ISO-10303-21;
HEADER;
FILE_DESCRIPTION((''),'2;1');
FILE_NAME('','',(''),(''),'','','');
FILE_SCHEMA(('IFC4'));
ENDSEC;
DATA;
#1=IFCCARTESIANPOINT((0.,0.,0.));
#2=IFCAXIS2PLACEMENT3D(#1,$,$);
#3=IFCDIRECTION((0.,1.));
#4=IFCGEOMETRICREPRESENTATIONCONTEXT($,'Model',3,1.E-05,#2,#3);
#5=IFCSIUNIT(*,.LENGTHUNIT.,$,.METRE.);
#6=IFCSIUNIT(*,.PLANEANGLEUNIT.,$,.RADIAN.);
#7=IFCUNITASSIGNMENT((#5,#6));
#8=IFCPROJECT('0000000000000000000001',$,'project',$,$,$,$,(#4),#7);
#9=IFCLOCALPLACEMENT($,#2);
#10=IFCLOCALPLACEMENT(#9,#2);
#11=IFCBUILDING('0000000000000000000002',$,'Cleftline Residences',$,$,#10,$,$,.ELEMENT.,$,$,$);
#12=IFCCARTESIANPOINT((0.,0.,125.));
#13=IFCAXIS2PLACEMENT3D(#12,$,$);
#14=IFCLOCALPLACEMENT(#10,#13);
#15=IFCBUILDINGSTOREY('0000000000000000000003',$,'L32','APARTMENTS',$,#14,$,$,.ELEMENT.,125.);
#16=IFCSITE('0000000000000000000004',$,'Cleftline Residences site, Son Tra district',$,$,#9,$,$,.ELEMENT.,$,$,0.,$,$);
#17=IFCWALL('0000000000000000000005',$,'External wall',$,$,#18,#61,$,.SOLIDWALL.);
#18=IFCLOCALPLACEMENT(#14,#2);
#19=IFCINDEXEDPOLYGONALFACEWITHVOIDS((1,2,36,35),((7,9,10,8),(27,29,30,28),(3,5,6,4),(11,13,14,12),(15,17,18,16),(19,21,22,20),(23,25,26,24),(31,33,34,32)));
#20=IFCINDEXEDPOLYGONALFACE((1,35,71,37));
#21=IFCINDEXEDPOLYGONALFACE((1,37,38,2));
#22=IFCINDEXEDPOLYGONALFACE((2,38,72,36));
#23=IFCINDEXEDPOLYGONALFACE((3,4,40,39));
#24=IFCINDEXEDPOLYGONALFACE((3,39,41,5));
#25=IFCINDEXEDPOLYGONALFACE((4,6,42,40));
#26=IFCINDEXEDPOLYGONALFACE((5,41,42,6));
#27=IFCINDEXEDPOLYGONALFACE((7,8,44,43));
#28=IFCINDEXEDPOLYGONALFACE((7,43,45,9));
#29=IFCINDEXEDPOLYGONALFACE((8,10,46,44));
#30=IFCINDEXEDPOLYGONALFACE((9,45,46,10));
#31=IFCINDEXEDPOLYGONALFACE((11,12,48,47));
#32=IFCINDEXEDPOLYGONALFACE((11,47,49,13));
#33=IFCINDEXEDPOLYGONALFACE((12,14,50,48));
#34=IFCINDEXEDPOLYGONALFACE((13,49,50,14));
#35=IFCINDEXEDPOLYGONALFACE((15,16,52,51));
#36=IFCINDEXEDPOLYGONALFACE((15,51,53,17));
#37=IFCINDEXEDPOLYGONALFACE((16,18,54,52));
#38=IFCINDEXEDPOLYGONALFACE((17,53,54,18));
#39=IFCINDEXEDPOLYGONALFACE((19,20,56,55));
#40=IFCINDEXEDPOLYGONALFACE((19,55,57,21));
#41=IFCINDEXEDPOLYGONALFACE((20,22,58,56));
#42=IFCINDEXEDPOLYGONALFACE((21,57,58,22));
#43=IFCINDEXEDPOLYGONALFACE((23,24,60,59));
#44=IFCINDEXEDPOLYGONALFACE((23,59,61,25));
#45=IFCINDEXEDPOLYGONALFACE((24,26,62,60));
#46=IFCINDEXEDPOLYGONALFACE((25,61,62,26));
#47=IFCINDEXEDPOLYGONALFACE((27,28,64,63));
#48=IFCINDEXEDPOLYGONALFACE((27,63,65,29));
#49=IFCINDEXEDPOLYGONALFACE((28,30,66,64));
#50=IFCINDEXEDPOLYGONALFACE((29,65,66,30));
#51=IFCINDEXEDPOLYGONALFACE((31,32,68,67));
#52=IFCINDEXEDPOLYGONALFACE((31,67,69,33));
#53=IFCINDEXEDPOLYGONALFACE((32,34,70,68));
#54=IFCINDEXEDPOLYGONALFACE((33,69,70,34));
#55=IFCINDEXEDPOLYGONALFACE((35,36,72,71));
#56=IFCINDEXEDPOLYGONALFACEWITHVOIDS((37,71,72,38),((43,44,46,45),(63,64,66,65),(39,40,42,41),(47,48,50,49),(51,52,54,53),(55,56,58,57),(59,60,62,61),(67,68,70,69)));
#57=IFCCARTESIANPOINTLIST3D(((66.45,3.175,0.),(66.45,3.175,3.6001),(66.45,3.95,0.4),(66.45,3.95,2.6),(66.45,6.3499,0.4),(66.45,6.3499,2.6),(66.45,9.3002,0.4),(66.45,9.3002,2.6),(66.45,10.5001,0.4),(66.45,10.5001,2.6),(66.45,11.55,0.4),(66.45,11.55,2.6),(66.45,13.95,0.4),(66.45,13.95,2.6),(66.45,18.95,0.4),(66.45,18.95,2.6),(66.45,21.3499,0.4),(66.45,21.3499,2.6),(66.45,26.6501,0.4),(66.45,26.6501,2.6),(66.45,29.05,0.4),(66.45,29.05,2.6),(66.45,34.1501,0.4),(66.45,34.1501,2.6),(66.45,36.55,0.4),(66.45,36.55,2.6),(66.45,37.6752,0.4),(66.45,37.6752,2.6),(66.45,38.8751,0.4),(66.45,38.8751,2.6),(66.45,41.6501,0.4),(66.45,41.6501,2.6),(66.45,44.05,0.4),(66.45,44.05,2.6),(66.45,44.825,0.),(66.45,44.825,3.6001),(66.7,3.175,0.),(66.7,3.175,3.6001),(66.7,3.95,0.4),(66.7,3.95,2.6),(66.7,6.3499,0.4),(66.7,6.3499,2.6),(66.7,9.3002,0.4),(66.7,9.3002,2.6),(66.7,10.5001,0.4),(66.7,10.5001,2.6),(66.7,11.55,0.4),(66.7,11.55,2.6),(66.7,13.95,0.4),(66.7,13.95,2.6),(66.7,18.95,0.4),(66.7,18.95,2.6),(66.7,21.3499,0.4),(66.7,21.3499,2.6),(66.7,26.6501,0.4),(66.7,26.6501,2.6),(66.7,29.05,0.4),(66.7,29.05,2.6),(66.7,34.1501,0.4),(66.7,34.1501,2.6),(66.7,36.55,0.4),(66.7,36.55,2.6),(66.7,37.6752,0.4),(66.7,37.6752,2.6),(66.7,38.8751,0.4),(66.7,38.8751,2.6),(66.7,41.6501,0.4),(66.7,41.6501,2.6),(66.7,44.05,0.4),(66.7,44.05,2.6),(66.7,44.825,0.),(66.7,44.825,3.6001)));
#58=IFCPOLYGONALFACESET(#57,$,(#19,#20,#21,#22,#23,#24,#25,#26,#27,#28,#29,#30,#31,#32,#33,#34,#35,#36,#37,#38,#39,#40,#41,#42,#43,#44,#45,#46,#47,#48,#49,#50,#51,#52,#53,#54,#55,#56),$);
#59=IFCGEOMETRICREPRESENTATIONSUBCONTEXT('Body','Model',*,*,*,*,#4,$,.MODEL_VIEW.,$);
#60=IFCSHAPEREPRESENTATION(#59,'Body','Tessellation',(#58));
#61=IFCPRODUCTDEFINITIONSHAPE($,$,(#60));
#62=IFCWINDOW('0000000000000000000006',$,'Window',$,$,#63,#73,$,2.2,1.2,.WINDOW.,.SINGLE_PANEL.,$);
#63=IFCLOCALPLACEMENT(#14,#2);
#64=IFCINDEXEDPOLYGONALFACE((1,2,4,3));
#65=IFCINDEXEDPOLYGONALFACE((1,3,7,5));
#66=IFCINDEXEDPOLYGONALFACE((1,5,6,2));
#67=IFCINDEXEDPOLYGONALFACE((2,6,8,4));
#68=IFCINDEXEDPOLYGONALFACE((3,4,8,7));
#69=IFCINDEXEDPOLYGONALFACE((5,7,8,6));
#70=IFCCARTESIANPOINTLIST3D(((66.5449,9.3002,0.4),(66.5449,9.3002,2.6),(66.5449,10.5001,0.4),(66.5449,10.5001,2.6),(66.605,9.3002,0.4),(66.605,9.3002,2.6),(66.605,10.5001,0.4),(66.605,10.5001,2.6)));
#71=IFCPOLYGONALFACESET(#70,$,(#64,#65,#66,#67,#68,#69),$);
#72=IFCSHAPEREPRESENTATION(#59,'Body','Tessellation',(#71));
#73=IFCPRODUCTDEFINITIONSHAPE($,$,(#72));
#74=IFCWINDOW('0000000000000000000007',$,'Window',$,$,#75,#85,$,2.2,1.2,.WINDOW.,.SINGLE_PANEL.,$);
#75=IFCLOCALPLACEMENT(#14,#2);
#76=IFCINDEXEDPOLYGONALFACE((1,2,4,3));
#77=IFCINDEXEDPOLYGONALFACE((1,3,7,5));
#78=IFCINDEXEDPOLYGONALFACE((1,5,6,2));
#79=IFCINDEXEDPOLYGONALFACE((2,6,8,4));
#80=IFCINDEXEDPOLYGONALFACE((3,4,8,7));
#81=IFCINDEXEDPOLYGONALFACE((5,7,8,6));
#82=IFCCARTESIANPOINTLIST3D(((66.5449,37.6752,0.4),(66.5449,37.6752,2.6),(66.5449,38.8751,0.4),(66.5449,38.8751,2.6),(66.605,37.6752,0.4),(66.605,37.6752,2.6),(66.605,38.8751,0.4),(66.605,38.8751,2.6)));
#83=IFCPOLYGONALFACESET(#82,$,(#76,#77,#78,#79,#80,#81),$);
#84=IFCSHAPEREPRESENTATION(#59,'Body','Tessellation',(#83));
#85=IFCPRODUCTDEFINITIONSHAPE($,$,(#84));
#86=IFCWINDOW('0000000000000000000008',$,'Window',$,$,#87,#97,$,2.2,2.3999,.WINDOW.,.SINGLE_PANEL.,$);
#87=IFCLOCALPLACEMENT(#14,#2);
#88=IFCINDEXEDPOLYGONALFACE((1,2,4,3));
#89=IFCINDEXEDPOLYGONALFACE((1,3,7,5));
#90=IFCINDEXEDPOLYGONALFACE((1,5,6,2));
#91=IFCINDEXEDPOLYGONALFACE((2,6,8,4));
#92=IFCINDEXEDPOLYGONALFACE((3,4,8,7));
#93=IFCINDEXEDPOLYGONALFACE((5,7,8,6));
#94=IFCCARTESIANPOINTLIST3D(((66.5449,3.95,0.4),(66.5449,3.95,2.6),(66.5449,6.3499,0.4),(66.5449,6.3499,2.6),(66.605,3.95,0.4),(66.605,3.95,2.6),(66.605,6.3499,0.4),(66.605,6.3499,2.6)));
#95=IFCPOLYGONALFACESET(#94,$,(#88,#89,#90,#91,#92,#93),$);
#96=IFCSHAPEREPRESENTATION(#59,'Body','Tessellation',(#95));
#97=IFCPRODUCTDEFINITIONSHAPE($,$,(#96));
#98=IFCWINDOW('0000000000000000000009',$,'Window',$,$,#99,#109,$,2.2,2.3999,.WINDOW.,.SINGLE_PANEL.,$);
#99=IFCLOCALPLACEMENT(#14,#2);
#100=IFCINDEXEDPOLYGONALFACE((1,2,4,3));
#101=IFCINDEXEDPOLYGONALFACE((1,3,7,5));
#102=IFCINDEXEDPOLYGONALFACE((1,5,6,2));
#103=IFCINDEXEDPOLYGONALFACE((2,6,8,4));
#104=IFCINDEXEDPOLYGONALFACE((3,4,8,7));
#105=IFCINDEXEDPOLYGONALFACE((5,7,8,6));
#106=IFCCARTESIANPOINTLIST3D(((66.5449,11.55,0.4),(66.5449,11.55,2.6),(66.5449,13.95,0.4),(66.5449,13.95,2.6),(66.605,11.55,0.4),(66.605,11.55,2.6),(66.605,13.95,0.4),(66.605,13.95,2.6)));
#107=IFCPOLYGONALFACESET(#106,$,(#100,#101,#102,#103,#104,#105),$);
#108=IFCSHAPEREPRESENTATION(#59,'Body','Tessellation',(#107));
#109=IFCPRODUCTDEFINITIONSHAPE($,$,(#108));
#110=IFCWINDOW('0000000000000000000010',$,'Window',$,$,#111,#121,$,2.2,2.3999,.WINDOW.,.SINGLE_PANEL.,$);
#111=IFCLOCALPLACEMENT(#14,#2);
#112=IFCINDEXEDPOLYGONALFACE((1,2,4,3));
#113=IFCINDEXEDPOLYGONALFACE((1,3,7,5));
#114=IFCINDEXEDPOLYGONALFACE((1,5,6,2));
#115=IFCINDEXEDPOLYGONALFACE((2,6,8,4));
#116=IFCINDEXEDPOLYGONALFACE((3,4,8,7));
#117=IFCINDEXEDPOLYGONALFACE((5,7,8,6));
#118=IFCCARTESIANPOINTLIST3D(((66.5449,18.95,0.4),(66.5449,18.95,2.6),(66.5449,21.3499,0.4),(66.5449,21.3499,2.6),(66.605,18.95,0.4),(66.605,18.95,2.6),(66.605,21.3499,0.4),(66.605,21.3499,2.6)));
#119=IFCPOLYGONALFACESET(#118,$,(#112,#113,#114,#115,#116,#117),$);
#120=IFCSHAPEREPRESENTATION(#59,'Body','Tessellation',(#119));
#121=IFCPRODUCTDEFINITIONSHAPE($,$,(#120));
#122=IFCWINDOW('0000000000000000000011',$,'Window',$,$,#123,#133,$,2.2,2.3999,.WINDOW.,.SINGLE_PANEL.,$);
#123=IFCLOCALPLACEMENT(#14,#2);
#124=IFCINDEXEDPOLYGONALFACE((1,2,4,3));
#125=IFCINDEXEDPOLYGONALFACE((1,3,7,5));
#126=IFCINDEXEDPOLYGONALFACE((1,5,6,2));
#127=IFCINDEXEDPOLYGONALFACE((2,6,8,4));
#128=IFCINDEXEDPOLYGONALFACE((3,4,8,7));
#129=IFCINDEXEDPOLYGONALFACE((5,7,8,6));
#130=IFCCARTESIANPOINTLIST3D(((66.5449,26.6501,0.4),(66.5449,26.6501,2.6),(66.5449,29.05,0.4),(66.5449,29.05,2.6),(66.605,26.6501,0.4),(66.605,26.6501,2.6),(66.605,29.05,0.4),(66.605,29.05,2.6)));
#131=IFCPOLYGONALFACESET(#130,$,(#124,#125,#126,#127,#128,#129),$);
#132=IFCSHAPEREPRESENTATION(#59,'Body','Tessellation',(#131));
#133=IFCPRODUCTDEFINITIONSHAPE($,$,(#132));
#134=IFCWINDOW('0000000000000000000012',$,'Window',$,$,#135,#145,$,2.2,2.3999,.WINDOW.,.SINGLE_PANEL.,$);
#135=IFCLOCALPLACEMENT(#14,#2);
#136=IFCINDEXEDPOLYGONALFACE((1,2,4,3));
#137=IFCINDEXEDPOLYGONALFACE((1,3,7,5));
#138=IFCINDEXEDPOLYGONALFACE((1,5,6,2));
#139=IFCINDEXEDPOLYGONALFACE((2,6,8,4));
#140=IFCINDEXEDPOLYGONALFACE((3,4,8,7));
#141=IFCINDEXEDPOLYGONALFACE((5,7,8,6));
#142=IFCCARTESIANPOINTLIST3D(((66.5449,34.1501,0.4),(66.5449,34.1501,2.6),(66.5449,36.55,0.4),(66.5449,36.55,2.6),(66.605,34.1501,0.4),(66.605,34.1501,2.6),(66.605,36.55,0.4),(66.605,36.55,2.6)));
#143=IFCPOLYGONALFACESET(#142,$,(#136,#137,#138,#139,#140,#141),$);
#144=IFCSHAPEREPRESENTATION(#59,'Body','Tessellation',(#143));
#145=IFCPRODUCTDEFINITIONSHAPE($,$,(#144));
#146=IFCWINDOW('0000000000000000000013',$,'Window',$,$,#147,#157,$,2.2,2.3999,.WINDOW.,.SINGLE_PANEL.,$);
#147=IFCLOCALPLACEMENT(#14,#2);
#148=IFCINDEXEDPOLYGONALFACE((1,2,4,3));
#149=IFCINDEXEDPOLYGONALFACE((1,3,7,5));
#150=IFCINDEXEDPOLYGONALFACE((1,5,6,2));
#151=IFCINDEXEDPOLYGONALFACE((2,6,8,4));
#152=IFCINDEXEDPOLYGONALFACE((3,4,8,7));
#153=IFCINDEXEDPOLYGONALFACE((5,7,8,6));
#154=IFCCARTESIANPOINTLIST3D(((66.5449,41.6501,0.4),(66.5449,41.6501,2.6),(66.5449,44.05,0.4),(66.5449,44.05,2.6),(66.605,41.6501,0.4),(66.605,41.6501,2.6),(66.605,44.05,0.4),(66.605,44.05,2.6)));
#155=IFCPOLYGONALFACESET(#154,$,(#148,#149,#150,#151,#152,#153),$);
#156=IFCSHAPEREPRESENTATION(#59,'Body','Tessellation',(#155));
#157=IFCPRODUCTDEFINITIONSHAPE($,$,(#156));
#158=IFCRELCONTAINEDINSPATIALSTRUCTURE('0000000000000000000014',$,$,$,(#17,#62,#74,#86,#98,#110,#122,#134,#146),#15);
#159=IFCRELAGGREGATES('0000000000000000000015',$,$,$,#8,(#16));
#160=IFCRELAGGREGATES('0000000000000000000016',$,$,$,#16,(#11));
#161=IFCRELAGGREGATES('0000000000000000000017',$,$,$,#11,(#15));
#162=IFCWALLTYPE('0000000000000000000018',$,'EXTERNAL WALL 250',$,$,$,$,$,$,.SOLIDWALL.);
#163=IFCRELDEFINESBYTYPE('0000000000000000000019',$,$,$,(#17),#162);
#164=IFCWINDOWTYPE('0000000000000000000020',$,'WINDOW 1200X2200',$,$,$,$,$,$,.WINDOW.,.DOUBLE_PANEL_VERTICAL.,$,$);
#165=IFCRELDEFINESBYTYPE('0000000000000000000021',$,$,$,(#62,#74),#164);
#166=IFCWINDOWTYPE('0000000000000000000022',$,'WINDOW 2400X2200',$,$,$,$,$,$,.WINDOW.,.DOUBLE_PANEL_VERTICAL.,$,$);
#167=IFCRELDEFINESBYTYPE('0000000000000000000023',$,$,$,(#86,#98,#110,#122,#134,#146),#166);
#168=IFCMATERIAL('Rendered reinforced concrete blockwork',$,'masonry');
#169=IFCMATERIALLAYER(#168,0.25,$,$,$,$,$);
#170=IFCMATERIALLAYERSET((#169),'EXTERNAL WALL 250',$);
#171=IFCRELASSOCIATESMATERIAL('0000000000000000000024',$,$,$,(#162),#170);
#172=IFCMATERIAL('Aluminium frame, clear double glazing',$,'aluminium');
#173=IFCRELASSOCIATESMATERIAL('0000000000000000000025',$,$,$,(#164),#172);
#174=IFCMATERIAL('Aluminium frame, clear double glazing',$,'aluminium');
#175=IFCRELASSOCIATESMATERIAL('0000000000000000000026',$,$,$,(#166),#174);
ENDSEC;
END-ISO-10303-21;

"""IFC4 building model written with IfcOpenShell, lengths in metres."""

from ifc_helpers import new_model, si_unit, direction, frame, frame_2d, origin, place, context, subcontext, project, spatial, rectangle, extrude, material, layer, layer_set, type_object, element, fill, save


model = new_model("IFC4")

# Units and contexts
model_context = context("Model", 3, precision=1e-05, world=origin(), true_north=direction((0.0, 1.0)))
body_context = subcontext(model_context, "Body", "Model", "MODEL_VIEW")
ifc_project = project(units=[si_unit("LENGTHUNIT", "METRE"), si_unit("PLANEANGLEUNIT", "RADIAN")], contexts=[model_context])

# Site, building, storey
site_placement = place(None, origin())
site = spatial("IfcSite", under=ifc_project, at=site_placement, Name="Cleftline Residences site, Son Tra district", CompositionType="ELEMENT", RefElevation=0.0)
building_placement = place(site_placement, origin())
building = spatial("IfcBuilding", under=site, at=building_placement, Name="Cleftline Residences", CompositionType="ELEMENT")
storey_placement = place(building_placement, frame((0.0, 0.0, 125.0)))
storey = spatial("IfcBuildingStorey", under=building, at=storey_placement, Name="L32", Description="APARTMENTS", CompositionType="ELEMENT", Elevation=125.0)

# Wall, openings, windows
ifc_material_1 = material(Name="Rendered reinforced concrete blockwork", Category="masonry")
ifc_layer_1 = layer(ifc_material_1, 0.25)
ifc_layer_set_1 = layer_set([ifc_layer_1], Name="EXTERNAL WALL 250")
wall_type_1 = type_object("IfcWallType", Name="EXTERNAL WALL 250", PredefinedType="SOLIDWALL", material=ifc_layer_set_1)
ifc_material_2 = material(Name="Aluminium frame, clear double glazing", Category="aluminium")
window_type_1 = type_object("IfcWindowType", Name="WINDOW 1200X2200", PartitioningType="DOUBLE_PANEL_VERTICAL", PredefinedType="WINDOW", material=ifc_material_2)
wall_1_placement = place(storey_placement, frame((66.575, 3.175, 0.0), z_axis=(0.0, 0.0, 1.0), x_axis=(0.0, 1.0, 0.0)))
wall_1 = element("IfcWall", 1, at=wall_1_placement, inside=storey, type_object=wall_type_1, Name="External wall", PredefinedType="SOLIDWALL", context=body_context, shape_type="SweptSolid", body=[
    extrude(rectangle(XDim=41.6499, YDim=0.25, at=frame_2d((20.825, 0.0))), origin(), (0.0, 0.0, 1.0), 3.6001),
])
opening_1_placement = place(wall_1_placement, frame((0.7749, 0.0, 0.3999)))
opening_1 = element("IfcOpeningElement", 2, at=opening_1_placement, cuts=wall_1, PredefinedType="OPENING", context=body_context, shape_type="SweptSolid", body=[
    extrude(rectangle(XDim=2.3999, YDim=2.2, at=frame_2d((1.2, 1.1001))), frame((0.0, 0.135, 0.0), z_axis=(0.0, -1.0, 0.0), x_axis=(1.0, 0.0, 0.0)), (0.0, 0.0, 1.0), 0.27),
])
opening_2_placement = place(wall_1_placement, frame((6.125, 0.0, 0.3999)))
opening_2 = element("IfcOpeningElement", 3, at=opening_2_placement, cuts=wall_1, PredefinedType="OPENING", context=body_context, shape_type="SweptSolid", body=[
    extrude(rectangle(XDim=1.2, YDim=2.2, at=frame_2d((0.6001, 1.1001))), frame((0.0, 0.135, 0.0), z_axis=(0.0, -1.0, 0.0), x_axis=(1.0, 0.0, 0.0)), (0.0, 0.0, 1.0), 0.27),
])
opening_3_placement = place(wall_1_placement, frame((8.375, 0.0, 0.3999)))
opening_3 = element("IfcOpeningElement", 4, at=opening_3_placement, cuts=wall_1, PredefinedType="OPENING", context=body_context, shape_type="SweptSolid", body=[
    extrude(rectangle(XDim=2.3999, YDim=2.2, at=frame_2d((1.2, 1.1001))), frame((0.0, 0.135, 0.0), z_axis=(0.0, -1.0, 0.0), x_axis=(1.0, 0.0, 0.0)), (0.0, 0.0, 1.0), 0.27),
])
opening_4_placement = place(wall_1_placement, frame((15.7749, 0.0, 0.3999)))
opening_4 = element("IfcOpeningElement", 5, at=opening_4_placement, cuts=wall_1, PredefinedType="OPENING", context=body_context, shape_type="SweptSolid", body=[
    extrude(rectangle(XDim=2.3999, YDim=2.2, at=frame_2d((1.2, 1.1001))), frame((0.0, 0.135, 0.0), z_axis=(0.0, -1.0, 0.0), x_axis=(1.0, 0.0, 0.0)), (0.0, 0.0, 1.0), 0.27),
])
opening_5_placement = place(wall_1_placement, frame((23.4751, 0.0, 0.3999)))
opening_5 = element("IfcOpeningElement", 6, at=opening_5_placement, cuts=wall_1, PredefinedType="OPENING", context=body_context, shape_type="SweptSolid", body=[
    extrude(rectangle(XDim=2.3999, YDim=2.2, at=frame_2d((1.2, 1.1001))), frame((0.0, 0.135, 0.0), z_axis=(0.0, -1.0, 0.0), x_axis=(1.0, 0.0, 0.0)), (0.0, 0.0, 1.0), 0.27),
])
opening_6_placement = place(wall_1_placement, frame((30.9751, 0.0, 0.3999)))
opening_6 = element("IfcOpeningElement", 7, at=opening_6_placement, cuts=wall_1, PredefinedType="OPENING", context=body_context, shape_type="SweptSolid", body=[
    extrude(rectangle(XDim=2.3999, YDim=2.2, at=frame_2d((1.2, 1.1001))), frame((0.0, 0.135, 0.0), z_axis=(0.0, -1.0, 0.0), x_axis=(1.0, 0.0, 0.0)), (0.0, 0.0, 1.0), 0.27),
])
opening_7_placement = place(wall_1_placement, frame((34.5, 0.0, 0.3999)))
opening_7 = element("IfcOpeningElement", 8, at=opening_7_placement, cuts=wall_1, PredefinedType="OPENING", context=body_context, shape_type="SweptSolid", body=[
    extrude(rectangle(XDim=1.2, YDim=2.2, at=frame_2d((0.6001, 1.1001))), frame((0.0, 0.135, 0.0), z_axis=(0.0, -1.0, 0.0), x_axis=(1.0, 0.0, 0.0)), (0.0, 0.0, 1.0), 0.27),
])
opening_8_placement = place(wall_1_placement, frame((38.4751, 0.0, 0.3999)))
opening_8 = element("IfcOpeningElement", 9, at=opening_8_placement, cuts=wall_1, PredefinedType="OPENING", context=body_context, shape_type="SweptSolid", body=[
    extrude(rectangle(XDim=2.3999, YDim=2.2, at=frame_2d((1.2, 1.1001))), frame((0.0, 0.135, 0.0), z_axis=(0.0, -1.0, 0.0), x_axis=(1.0, 0.0, 0.0)), (0.0, 0.0, 1.0), 0.27),
])
window_1_placement = place(opening_2_placement, origin())
window_1 = element("IfcWindow", 10, at=window_1_placement, inside=storey, type_object=window_type_1, Name="Window", OverallHeight=2.2, OverallWidth=1.2, PartitioningType="SINGLE_PANEL", PredefinedType="WINDOW", context=body_context, shape_type="SweptSolid", body=[
    extrude(rectangle(XDim=1.2, YDim=2.2, at=frame_2d((0.6001, 1.1001))), frame((0.0, 0.03, 0.0), z_axis=(0.0, -1.0, 0.0), x_axis=(1.0, 0.0, 0.0)), (0.0, 0.0, 1.0), 0.0601),
])
fill(opening_2, window_1)
window_2_placement = place(opening_7_placement, origin())
window_2 = element("IfcWindow", 11, at=window_2_placement, inside=storey, type_object=window_type_1, Name="Window", OverallHeight=2.2, OverallWidth=1.2, PartitioningType="SINGLE_PANEL", PredefinedType="WINDOW", context=body_context, shape_type="SweptSolid", body=[
    extrude(rectangle(XDim=1.2, YDim=2.2, at=frame_2d((0.6001, 1.1001))), frame((0.0, 0.03, 0.0), z_axis=(0.0, -1.0, 0.0), x_axis=(1.0, 0.0, 0.0)), (0.0, 0.0, 1.0), 0.0601),
])
fill(opening_7, window_2)
ifc_material_3 = material(Name="Aluminium frame, clear double glazing", Category="aluminium")
window_type_2 = type_object("IfcWindowType", Name="WINDOW 2400X2200", PartitioningType="DOUBLE_PANEL_VERTICAL", PredefinedType="WINDOW", material=ifc_material_3)
window_3_placement = place(opening_1_placement, origin())
window_3 = element("IfcWindow", 12, at=window_3_placement, inside=storey, type_object=window_type_2, Name="Window", OverallHeight=2.2, OverallWidth=2.3999, PartitioningType="SINGLE_PANEL", PredefinedType="WINDOW", context=body_context, shape_type="SweptSolid", body=[
    extrude(rectangle(XDim=2.3999, YDim=2.2, at=frame_2d((1.2, 1.1001))), frame((0.0, 0.03, 0.0), z_axis=(0.0, -1.0, 0.0), x_axis=(1.0, 0.0, 0.0)), (0.0, 0.0, 1.0), 0.0601),
])
fill(opening_1, window_3)
window_4_placement = place(opening_3_placement, origin())
window_4 = element("IfcWindow", 13, at=window_4_placement, inside=storey, type_object=window_type_2, Name="Window", OverallHeight=2.2, OverallWidth=2.3999, PartitioningType="SINGLE_PANEL", PredefinedType="WINDOW", context=body_context, shape_type="SweptSolid", body=[
    extrude(rectangle(XDim=2.3999, YDim=2.2, at=frame_2d((1.2, 1.1001))), frame((0.0, 0.03, 0.0), z_axis=(0.0, -1.0, 0.0), x_axis=(1.0, 0.0, 0.0)), (0.0, 0.0, 1.0), 0.0601),
])
fill(opening_3, window_4)
window_5_placement = place(opening_4_placement, origin())
window_5 = element("IfcWindow", 14, at=window_5_placement, inside=storey, type_object=window_type_2, Name="Window", OverallHeight=2.2, OverallWidth=2.3999, PartitioningType="SINGLE_PANEL", PredefinedType="WINDOW", context=body_context, shape_type="SweptSolid", body=[
    extrude(rectangle(XDim=2.3999, YDim=2.2, at=frame_2d((1.2, 1.1001))), frame((0.0, 0.03, 0.0), z_axis=(0.0, -1.0, 0.0), x_axis=(1.0, 0.0, 0.0)), (0.0, 0.0, 1.0), 0.0601),
])
fill(opening_4, window_5)
window_6_placement = place(opening_5_placement, origin())
window_6 = element("IfcWindow", 15, at=window_6_placement, inside=storey, type_object=window_type_2, Name="Window", OverallHeight=2.2, OverallWidth=2.3999, PartitioningType="SINGLE_PANEL", PredefinedType="WINDOW", context=body_context, shape_type="SweptSolid", body=[
    extrude(rectangle(XDim=2.3999, YDim=2.2, at=frame_2d((1.2, 1.1001))), frame((0.0, 0.03, 0.0), z_axis=(0.0, -1.0, 0.0), x_axis=(1.0, 0.0, 0.0)), (0.0, 0.0, 1.0), 0.0601),
])
fill(opening_5, window_6)
window_7_placement = place(opening_6_placement, origin())
window_7 = element("IfcWindow", 16, at=window_7_placement, inside=storey, type_object=window_type_2, Name="Window", OverallHeight=2.2, OverallWidth=2.3999, PartitioningType="SINGLE_PANEL", PredefinedType="WINDOW", context=body_context, shape_type="SweptSolid", body=[
    extrude(rectangle(XDim=2.3999, YDim=2.2, at=frame_2d((1.2, 1.1001))), frame((0.0, 0.03, 0.0), z_axis=(0.0, -1.0, 0.0), x_axis=(1.0, 0.0, 0.0)), (0.0, 0.0, 1.0), 0.0601),
])
fill(opening_6, window_7)
window_8_placement = place(opening_8_placement, origin())
window_8 = element("IfcWindow", 17, at=window_8_placement, inside=storey, type_object=window_type_2, Name="Window", OverallHeight=2.2, OverallWidth=2.3999, PartitioningType="SINGLE_PANEL", PredefinedType="WINDOW", context=body_context, shape_type="SweptSolid", body=[
    extrude(rectangle(XDim=2.3999, YDim=2.2, at=frame_2d((1.2, 1.1001))), frame((0.0, 0.03, 0.0), z_axis=(0.0, -1.0, 0.0), x_axis=(1.0, 0.0, 0.0)), (0.0, 0.0, 1.0), 0.0601),
])
fill(opening_8, window_8)

save(model, "model.ifc")
